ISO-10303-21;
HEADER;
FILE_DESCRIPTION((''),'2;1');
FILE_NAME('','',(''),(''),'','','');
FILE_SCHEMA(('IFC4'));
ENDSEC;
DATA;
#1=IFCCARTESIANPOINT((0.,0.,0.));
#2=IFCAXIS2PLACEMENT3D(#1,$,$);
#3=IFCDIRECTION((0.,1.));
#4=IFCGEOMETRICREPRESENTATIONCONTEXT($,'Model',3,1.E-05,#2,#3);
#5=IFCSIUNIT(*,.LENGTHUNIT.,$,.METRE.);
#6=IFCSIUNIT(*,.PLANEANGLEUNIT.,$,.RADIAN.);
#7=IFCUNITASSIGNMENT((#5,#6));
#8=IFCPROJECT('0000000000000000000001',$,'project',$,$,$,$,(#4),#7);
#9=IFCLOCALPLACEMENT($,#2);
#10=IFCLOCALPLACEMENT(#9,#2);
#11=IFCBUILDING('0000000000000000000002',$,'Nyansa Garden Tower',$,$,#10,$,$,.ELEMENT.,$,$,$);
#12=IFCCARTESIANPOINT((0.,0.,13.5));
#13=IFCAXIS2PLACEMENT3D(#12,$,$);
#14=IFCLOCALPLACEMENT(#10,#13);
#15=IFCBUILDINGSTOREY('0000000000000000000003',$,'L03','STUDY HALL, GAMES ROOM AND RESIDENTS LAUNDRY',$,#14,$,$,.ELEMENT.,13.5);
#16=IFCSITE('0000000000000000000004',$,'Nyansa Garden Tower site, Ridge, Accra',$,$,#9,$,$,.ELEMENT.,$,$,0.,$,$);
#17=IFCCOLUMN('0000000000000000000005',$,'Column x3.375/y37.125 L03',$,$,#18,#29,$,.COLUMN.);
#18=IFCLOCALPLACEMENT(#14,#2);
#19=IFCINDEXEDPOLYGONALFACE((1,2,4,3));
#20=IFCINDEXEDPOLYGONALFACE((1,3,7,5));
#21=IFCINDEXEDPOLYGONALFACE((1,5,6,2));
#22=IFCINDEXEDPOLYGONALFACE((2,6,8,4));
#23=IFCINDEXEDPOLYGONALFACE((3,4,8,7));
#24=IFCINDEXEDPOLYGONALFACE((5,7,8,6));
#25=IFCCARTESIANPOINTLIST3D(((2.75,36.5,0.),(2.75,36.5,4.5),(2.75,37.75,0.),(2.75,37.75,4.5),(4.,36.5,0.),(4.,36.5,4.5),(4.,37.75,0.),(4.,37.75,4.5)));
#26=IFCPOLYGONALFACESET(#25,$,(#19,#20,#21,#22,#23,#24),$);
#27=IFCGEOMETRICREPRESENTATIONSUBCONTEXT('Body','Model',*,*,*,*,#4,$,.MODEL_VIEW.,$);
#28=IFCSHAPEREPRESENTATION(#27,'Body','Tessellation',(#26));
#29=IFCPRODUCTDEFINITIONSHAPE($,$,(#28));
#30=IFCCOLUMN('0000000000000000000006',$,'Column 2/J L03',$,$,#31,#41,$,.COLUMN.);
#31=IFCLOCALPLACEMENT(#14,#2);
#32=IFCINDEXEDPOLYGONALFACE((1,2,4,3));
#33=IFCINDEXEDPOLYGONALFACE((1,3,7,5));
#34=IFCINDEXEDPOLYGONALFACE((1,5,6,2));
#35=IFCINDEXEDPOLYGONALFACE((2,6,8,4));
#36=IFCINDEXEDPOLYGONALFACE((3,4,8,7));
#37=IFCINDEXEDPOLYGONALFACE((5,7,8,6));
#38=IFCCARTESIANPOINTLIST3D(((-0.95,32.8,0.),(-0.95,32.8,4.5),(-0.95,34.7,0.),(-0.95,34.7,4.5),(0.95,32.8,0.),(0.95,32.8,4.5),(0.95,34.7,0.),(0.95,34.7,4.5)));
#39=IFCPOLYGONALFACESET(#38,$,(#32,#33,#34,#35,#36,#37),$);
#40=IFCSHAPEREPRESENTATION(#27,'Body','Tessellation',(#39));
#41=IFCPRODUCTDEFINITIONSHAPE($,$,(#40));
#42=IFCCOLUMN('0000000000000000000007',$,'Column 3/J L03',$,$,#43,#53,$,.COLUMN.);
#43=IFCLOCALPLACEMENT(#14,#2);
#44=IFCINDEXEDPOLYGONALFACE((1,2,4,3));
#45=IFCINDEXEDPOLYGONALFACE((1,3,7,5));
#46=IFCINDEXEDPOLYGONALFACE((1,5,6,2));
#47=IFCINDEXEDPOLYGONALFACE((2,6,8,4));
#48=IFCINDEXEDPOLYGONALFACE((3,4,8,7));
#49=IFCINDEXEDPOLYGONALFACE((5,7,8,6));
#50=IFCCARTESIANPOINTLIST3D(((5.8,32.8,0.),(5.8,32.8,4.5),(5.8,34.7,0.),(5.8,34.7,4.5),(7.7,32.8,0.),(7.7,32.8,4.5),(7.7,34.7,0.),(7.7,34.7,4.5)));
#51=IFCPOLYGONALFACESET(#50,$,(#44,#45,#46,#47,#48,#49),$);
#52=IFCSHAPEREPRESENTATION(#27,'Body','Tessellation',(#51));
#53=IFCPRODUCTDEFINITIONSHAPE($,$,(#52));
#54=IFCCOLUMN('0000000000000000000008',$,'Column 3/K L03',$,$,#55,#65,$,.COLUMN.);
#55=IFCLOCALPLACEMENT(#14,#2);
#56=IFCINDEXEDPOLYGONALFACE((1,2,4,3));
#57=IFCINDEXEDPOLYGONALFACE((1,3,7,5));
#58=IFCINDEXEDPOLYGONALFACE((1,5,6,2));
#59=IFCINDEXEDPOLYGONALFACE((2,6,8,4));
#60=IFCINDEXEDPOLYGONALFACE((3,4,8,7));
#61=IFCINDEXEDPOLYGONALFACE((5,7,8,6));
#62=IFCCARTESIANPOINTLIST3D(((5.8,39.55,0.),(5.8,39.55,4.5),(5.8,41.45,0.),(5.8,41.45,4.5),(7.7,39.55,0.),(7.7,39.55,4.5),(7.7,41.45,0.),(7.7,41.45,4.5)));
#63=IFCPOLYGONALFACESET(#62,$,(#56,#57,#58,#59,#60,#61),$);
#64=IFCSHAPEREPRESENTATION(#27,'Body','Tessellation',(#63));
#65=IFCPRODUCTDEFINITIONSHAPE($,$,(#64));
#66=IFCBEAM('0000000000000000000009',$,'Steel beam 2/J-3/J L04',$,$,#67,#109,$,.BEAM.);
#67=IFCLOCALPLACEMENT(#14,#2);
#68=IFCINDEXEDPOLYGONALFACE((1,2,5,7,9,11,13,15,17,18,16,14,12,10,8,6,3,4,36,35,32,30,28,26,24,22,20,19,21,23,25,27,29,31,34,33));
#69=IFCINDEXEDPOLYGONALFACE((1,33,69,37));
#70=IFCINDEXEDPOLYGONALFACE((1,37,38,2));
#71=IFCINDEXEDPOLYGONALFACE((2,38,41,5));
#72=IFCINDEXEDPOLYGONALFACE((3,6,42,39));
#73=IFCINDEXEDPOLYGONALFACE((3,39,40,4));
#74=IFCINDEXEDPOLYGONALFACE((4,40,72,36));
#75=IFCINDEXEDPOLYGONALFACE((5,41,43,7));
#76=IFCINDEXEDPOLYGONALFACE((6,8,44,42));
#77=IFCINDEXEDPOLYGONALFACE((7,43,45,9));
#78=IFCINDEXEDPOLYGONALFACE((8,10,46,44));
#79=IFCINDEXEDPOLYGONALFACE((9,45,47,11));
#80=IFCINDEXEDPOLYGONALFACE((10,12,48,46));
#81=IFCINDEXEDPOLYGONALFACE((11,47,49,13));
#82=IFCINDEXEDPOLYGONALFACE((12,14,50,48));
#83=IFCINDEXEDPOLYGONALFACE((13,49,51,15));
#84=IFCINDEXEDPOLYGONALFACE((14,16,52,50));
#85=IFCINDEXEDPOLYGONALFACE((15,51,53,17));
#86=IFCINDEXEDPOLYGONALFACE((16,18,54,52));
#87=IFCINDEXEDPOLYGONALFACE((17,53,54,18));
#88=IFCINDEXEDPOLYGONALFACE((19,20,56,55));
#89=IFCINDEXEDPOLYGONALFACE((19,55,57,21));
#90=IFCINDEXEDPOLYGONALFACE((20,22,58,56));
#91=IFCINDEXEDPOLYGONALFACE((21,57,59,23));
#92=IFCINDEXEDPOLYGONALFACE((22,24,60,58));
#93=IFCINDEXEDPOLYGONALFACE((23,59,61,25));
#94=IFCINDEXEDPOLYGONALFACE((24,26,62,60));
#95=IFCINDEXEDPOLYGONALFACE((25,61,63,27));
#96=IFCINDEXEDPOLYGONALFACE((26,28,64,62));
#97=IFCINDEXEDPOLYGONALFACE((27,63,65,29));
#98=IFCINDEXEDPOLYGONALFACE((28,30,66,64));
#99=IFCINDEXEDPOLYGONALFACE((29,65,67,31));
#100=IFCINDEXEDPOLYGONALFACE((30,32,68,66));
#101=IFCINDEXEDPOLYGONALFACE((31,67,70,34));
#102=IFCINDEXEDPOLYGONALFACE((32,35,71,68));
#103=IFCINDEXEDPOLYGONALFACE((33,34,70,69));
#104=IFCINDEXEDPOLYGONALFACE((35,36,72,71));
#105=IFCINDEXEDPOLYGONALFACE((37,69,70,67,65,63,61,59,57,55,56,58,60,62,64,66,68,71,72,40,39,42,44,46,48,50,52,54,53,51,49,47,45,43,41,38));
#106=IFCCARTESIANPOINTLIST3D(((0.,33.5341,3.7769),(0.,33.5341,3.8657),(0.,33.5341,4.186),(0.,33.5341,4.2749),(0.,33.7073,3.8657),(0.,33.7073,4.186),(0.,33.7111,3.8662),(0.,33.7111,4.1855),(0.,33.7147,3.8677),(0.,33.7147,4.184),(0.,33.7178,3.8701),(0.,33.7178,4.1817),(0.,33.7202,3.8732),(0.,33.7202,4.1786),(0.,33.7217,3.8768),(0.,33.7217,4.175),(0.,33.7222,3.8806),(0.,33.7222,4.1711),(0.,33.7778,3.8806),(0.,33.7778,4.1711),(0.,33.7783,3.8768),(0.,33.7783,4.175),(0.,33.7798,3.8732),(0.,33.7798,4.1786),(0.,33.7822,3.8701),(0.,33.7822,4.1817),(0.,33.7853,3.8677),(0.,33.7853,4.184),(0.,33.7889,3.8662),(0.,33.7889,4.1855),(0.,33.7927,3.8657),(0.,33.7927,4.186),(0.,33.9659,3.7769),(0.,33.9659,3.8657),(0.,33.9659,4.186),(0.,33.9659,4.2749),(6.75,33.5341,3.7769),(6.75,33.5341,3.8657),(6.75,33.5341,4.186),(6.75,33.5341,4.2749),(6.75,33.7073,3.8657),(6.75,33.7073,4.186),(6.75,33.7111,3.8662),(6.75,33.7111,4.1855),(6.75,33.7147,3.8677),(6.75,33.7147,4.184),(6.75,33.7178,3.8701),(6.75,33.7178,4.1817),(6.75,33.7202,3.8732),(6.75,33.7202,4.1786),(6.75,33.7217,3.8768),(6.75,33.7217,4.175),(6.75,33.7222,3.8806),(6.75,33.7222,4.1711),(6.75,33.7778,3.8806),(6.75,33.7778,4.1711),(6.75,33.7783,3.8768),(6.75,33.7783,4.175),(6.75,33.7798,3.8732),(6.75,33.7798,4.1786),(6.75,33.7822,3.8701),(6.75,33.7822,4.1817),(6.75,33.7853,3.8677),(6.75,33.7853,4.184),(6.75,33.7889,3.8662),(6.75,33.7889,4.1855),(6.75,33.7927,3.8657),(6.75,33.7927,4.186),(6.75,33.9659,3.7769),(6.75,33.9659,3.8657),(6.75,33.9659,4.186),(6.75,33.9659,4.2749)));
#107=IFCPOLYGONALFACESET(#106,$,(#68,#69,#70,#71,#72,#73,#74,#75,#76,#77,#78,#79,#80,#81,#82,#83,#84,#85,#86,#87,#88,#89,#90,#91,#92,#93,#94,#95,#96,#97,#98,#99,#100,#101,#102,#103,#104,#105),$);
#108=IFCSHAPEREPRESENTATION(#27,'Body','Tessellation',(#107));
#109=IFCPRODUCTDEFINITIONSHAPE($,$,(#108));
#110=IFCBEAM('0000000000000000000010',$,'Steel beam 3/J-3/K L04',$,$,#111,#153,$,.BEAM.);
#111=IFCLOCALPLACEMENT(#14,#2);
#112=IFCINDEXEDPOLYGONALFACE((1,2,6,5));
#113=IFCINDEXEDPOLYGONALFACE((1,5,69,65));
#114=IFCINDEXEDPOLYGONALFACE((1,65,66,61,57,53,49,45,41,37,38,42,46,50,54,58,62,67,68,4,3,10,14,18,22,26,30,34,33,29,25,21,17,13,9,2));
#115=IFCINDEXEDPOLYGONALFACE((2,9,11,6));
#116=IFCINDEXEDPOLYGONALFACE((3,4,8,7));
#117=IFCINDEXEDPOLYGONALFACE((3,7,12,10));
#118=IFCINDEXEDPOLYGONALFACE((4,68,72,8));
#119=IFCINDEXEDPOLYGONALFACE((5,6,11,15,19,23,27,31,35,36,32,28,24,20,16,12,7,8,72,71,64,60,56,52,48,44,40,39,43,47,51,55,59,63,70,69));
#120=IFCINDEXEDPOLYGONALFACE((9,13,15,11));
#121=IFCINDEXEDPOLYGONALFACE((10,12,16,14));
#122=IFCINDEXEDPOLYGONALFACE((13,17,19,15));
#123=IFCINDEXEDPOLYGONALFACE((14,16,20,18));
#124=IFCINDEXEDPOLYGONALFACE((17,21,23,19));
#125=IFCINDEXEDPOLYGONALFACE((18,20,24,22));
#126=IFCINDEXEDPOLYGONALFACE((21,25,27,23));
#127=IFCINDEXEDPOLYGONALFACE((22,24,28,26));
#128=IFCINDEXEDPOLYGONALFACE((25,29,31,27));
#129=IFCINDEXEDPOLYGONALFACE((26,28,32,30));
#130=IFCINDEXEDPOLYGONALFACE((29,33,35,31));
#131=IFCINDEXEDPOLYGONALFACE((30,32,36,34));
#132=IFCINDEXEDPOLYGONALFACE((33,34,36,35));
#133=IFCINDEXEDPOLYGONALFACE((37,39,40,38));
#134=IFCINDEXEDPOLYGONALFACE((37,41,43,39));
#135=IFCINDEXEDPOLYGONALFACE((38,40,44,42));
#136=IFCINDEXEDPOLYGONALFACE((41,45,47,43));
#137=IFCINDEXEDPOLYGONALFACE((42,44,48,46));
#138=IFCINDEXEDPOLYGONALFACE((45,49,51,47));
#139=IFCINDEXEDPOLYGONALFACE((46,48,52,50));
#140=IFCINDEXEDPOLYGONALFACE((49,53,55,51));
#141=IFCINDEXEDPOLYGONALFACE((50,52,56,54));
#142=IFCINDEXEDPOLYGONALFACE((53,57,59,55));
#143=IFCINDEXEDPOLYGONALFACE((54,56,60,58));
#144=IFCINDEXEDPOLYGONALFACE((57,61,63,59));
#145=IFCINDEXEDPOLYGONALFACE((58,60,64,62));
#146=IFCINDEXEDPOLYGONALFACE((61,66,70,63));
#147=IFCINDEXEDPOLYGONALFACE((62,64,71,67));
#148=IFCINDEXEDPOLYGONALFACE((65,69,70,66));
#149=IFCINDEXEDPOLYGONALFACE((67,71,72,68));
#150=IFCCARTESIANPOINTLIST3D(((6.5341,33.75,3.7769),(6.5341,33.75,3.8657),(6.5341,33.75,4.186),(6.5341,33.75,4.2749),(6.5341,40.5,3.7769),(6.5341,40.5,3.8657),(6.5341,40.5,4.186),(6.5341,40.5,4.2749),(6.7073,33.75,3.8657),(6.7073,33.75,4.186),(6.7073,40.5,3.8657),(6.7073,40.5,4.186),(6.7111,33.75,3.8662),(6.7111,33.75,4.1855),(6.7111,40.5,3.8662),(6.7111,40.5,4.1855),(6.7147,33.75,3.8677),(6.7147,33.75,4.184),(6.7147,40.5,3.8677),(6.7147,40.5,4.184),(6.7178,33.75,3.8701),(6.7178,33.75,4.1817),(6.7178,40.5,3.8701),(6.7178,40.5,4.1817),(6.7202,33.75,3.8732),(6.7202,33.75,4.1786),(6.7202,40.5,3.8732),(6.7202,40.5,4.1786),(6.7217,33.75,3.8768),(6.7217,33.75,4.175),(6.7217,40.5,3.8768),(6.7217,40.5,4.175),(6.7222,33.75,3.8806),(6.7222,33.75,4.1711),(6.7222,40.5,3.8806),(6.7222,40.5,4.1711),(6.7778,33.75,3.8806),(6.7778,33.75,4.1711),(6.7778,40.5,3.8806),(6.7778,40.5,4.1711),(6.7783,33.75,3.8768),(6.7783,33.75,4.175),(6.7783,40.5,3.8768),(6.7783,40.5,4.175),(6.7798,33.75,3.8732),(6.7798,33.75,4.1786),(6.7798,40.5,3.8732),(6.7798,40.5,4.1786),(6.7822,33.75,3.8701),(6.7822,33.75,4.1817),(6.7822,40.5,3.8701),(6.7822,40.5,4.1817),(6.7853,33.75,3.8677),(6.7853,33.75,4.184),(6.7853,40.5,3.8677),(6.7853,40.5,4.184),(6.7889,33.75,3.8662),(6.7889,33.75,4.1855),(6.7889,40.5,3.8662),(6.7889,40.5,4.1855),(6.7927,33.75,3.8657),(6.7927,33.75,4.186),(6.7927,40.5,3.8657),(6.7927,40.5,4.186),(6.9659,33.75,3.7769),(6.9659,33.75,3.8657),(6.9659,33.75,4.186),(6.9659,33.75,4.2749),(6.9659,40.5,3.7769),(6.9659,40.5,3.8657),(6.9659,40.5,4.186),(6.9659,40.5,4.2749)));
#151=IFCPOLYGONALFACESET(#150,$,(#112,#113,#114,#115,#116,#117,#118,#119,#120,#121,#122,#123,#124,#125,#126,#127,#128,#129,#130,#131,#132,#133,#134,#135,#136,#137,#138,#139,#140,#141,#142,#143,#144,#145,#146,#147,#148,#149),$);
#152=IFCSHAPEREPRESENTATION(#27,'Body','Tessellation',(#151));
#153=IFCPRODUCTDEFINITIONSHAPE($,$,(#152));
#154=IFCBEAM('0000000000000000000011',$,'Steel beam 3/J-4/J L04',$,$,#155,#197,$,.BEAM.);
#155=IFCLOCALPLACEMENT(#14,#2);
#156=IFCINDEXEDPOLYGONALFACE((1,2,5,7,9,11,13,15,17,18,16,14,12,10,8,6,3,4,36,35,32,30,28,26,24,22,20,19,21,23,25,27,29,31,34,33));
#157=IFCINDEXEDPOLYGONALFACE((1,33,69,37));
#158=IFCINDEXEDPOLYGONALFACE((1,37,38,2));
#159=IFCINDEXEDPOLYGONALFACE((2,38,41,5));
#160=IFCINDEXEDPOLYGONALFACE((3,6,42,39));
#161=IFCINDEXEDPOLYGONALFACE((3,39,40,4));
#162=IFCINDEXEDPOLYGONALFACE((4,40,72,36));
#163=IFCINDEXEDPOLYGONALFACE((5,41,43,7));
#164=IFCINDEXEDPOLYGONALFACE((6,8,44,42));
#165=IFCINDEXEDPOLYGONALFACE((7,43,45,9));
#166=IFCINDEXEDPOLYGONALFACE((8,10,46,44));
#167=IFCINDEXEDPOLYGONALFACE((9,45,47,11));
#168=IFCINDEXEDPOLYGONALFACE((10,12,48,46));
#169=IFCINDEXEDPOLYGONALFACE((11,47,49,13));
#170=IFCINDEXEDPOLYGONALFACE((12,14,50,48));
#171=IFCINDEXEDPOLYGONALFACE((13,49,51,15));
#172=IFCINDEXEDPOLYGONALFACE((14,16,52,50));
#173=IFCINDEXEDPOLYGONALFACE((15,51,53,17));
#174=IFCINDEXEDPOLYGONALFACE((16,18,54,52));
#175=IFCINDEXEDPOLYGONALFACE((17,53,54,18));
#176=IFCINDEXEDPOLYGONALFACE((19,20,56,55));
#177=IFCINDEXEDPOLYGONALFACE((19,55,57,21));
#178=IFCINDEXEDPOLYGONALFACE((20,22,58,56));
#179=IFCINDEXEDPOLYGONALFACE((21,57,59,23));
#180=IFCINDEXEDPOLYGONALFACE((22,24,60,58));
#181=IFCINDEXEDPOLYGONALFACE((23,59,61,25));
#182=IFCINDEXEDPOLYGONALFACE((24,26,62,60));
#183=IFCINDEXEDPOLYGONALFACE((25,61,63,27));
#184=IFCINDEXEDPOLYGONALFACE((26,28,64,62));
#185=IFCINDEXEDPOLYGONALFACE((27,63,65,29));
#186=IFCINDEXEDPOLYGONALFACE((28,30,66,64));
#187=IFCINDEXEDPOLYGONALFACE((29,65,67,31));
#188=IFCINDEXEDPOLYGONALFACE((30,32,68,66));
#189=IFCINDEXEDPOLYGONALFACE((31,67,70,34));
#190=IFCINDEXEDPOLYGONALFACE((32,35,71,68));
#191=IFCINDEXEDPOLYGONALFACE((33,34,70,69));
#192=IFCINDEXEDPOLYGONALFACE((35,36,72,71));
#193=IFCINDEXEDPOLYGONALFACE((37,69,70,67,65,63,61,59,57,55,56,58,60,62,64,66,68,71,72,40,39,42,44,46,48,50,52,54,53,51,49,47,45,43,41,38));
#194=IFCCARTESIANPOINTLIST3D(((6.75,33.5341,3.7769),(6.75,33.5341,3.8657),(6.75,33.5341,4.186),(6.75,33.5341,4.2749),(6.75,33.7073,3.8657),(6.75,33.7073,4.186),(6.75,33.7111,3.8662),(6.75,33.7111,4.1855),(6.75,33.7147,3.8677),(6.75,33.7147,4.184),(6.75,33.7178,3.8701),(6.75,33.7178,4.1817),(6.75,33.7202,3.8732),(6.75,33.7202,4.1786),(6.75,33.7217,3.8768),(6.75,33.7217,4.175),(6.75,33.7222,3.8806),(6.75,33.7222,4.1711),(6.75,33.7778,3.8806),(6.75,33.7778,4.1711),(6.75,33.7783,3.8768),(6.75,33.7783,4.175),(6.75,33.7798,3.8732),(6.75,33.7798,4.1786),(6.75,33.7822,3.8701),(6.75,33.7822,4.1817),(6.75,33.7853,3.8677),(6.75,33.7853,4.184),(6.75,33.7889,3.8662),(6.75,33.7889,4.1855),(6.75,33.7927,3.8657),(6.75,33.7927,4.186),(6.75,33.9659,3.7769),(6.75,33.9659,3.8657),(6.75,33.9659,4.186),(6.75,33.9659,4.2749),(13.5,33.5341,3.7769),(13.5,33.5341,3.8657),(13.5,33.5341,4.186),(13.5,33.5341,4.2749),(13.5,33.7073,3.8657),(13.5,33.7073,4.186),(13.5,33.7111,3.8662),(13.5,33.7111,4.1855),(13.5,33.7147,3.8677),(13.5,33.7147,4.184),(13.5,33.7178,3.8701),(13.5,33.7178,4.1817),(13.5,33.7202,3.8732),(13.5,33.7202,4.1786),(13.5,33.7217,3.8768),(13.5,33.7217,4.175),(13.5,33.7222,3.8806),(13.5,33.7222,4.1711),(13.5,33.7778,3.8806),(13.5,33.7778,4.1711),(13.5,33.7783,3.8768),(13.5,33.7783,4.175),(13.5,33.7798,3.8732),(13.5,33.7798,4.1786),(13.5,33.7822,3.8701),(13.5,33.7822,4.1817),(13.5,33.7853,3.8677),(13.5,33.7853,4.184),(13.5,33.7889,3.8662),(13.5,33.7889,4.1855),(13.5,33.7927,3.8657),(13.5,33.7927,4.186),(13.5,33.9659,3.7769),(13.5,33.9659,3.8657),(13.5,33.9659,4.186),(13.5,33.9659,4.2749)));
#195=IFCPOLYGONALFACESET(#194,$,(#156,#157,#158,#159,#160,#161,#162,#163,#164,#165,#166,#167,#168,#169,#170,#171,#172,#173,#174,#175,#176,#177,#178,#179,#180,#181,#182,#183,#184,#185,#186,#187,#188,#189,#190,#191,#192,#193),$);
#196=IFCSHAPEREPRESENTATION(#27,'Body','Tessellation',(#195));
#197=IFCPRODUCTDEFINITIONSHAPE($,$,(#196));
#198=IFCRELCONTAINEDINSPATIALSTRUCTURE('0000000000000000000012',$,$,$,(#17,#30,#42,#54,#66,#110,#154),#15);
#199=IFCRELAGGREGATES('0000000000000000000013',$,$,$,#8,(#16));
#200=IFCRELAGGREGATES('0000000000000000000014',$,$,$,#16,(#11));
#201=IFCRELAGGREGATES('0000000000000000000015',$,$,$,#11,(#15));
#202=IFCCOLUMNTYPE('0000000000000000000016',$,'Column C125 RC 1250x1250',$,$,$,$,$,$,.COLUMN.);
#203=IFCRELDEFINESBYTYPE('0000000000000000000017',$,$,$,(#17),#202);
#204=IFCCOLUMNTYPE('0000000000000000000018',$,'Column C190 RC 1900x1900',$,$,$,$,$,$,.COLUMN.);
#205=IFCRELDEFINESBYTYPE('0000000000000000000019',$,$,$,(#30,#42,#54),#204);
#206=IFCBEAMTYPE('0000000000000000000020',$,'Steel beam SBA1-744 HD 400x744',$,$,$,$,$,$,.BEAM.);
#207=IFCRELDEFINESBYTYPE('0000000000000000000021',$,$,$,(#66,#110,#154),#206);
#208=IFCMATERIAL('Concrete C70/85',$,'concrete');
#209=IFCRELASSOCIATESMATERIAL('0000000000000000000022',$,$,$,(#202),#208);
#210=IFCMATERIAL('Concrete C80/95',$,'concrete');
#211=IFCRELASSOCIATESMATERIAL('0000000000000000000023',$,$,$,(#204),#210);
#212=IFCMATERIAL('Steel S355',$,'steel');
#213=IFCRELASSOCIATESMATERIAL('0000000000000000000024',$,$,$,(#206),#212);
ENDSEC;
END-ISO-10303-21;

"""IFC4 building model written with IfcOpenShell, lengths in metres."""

from ifc_helpers import new_model, si_unit, direction, frame, origin, origin_2d, place, context, subcontext, project, spatial, rectangle, i_section, extrude, material, material_profile, profile_set, type_object, element, save


model = new_model("IFC4")

# Units and contexts
model_context = context("Model", 3, precision=1e-05, world=origin(), true_north=direction((0.0, 1.0)))
body_context = subcontext(model_context, "Body", "Model", "MODEL_VIEW")
ifc_project = project(units=[si_unit("LENGTHUNIT", "METRE"), si_unit("PLANEANGLEUNIT", "RADIAN")], contexts=[model_context])

# Site, building, storey
site_placement = place(None, origin())
site = spatial("IfcSite", under=ifc_project, at=site_placement, Name="Nyansa Garden Tower site, Ridge, Accra", CompositionType="ELEMENT", RefElevation=0.0)
building_placement = place(site_placement, origin())
building = spatial("IfcBuilding", under=site, at=building_placement, Name="Nyansa Garden Tower", CompositionType="ELEMENT")
storey_placement = place(building_placement, frame((0.0, 0.0, 13.5)))
storey = spatial("IfcBuildingStorey", under=building, at=storey_placement, Name="L03", Description="STUDY HALL, GAMES ROOM AND RESIDENTS LAUNDRY", CompositionType="ELEMENT", Elevation=13.5)

# Columns
ifc_material_1 = material(Name="Concrete C70/85", Category="concrete")
ifc_material_profile_1 = material_profile(ifc_material_1, rectangle(XDim=1.25, YDim=1.25, at=origin_2d()), Name="RC 1250x1250")
ifc_profile_set_1 = profile_set([ifc_material_profile_1], Name="Concrete C70/85")
column_type_1 = type_object("IfcColumnType", Name="Column C125 RC 1250x1250", PredefinedType="COLUMN", material=ifc_profile_set_1)
column_placement = place(storey_placement, frame((3.375, 37.125, 0.0), z_axis=(0.0, 0.0, 1.0), x_axis=(1.0, 0.0, 0.0)))
element("IfcColumn", 1, at=column_placement, inside=storey, type_object=column_type_1, Name="Column x3.375/y37.125 L03", PredefinedType="COLUMN", context=body_context, shape_type="SweptSolid", body=[
    extrude(rectangle(XDim=1.25, YDim=1.25, at=origin_2d()), origin(), (0.0, 0.0, 1.0), 4.5),
])
ifc_material_2 = material(Name="Concrete C80/95", Category="concrete")
ifc_material_profile_2 = material_profile(ifc_material_2, rectangle(XDim=1.8999, YDim=1.8999, at=origin_2d()), Name="RC 1900x1900")
ifc_profile_set_2 = profile_set([ifc_material_profile_2], Name="Concrete C80/95")
column_type_2 = type_object("IfcColumnType", Name="Column C190 RC 1900x1900", PredefinedType="COLUMN", material=ifc_profile_set_2)
for number, where, z_axis, x_axis, name in (
    (2, (0.0, 33.75, 0.0), (0.0, 0.0, 1.0), (1.0, 0.0, 0.0), "Column 2/J L03"),
    (3, (6.75, 33.75, 0.0), (0.0, 0.0, 1.0), (1.0, 0.0, 0.0), "Column 3/J L03"),
    (4, (6.75, 40.5, 0.0), (0.0, 0.0, 1.0), (1.0, 0.0, 0.0), "Column 3/K L03"),
):
    element("IfcColumn", number, at=place(storey_placement, frame(where, z_axis=z_axis, x_axis=x_axis)), inside=storey, type_object=column_type_2, Name=name, PredefinedType="COLUMN", context=body_context, shape_type="SweptSolid", body=[
        extrude(rectangle(XDim=1.8999, YDim=1.8999, at=origin_2d()), origin(), (0.0, 0.0, 1.0), 4.5),
    ])

# Beams
ifc_material_3 = material(Name="Steel S355", Category="steel")
ifc_material_profile_3 = material_profile(ifc_material_3, i_section(OverallWidth=0.4319, OverallDepth=0.498, WebThickness=0.0557, FlangeThickness=0.0889, FilletRadius=0.0149, at=origin_2d()), Name="HD 400x744")
ifc_profile_set_3 = profile_set([ifc_material_profile_3], Name="Steel S355")
beam_type_1 = type_object("IfcBeamType", Name="Steel beam SBA1-744 HD 400x744", PredefinedType="BEAM", material=ifc_profile_set_3)
for number, where, z_axis, x_axis, name in (
    (5, (0.0, 33.75, 4.0259), (1.0, 0.0, 0.0), (0.0, 1.0, 0.0), "Steel beam 2/J-3/J L04"),
    (6, (6.75, 33.75, 4.0259), (0.0, 1.0, 0.0), (-1.0, 0.0, 0.0), "Steel beam 3/J-3/K L04"),
    (7, (6.75, 33.75, 4.0259), (1.0, 0.0, 0.0), (0.0, 1.0, 0.0), "Steel beam 3/J-4/J L04"),
):
    element("IfcBeam", number, at=place(storey_placement, frame(where, z_axis=z_axis, x_axis=x_axis)), inside=storey, type_object=beam_type_1, Name=name, PredefinedType="BEAM", context=body_context, shape_type="SweptSolid", body=[
        extrude(i_section(OverallWidth=0.4319, OverallDepth=0.498, WebThickness=0.0557, FlangeThickness=0.0889, FilletRadius=0.0149, at=origin_2d()), origin(), (0.0, 0.0, 1.0), 6.75),
    ])

save(model, "model.ifc")
